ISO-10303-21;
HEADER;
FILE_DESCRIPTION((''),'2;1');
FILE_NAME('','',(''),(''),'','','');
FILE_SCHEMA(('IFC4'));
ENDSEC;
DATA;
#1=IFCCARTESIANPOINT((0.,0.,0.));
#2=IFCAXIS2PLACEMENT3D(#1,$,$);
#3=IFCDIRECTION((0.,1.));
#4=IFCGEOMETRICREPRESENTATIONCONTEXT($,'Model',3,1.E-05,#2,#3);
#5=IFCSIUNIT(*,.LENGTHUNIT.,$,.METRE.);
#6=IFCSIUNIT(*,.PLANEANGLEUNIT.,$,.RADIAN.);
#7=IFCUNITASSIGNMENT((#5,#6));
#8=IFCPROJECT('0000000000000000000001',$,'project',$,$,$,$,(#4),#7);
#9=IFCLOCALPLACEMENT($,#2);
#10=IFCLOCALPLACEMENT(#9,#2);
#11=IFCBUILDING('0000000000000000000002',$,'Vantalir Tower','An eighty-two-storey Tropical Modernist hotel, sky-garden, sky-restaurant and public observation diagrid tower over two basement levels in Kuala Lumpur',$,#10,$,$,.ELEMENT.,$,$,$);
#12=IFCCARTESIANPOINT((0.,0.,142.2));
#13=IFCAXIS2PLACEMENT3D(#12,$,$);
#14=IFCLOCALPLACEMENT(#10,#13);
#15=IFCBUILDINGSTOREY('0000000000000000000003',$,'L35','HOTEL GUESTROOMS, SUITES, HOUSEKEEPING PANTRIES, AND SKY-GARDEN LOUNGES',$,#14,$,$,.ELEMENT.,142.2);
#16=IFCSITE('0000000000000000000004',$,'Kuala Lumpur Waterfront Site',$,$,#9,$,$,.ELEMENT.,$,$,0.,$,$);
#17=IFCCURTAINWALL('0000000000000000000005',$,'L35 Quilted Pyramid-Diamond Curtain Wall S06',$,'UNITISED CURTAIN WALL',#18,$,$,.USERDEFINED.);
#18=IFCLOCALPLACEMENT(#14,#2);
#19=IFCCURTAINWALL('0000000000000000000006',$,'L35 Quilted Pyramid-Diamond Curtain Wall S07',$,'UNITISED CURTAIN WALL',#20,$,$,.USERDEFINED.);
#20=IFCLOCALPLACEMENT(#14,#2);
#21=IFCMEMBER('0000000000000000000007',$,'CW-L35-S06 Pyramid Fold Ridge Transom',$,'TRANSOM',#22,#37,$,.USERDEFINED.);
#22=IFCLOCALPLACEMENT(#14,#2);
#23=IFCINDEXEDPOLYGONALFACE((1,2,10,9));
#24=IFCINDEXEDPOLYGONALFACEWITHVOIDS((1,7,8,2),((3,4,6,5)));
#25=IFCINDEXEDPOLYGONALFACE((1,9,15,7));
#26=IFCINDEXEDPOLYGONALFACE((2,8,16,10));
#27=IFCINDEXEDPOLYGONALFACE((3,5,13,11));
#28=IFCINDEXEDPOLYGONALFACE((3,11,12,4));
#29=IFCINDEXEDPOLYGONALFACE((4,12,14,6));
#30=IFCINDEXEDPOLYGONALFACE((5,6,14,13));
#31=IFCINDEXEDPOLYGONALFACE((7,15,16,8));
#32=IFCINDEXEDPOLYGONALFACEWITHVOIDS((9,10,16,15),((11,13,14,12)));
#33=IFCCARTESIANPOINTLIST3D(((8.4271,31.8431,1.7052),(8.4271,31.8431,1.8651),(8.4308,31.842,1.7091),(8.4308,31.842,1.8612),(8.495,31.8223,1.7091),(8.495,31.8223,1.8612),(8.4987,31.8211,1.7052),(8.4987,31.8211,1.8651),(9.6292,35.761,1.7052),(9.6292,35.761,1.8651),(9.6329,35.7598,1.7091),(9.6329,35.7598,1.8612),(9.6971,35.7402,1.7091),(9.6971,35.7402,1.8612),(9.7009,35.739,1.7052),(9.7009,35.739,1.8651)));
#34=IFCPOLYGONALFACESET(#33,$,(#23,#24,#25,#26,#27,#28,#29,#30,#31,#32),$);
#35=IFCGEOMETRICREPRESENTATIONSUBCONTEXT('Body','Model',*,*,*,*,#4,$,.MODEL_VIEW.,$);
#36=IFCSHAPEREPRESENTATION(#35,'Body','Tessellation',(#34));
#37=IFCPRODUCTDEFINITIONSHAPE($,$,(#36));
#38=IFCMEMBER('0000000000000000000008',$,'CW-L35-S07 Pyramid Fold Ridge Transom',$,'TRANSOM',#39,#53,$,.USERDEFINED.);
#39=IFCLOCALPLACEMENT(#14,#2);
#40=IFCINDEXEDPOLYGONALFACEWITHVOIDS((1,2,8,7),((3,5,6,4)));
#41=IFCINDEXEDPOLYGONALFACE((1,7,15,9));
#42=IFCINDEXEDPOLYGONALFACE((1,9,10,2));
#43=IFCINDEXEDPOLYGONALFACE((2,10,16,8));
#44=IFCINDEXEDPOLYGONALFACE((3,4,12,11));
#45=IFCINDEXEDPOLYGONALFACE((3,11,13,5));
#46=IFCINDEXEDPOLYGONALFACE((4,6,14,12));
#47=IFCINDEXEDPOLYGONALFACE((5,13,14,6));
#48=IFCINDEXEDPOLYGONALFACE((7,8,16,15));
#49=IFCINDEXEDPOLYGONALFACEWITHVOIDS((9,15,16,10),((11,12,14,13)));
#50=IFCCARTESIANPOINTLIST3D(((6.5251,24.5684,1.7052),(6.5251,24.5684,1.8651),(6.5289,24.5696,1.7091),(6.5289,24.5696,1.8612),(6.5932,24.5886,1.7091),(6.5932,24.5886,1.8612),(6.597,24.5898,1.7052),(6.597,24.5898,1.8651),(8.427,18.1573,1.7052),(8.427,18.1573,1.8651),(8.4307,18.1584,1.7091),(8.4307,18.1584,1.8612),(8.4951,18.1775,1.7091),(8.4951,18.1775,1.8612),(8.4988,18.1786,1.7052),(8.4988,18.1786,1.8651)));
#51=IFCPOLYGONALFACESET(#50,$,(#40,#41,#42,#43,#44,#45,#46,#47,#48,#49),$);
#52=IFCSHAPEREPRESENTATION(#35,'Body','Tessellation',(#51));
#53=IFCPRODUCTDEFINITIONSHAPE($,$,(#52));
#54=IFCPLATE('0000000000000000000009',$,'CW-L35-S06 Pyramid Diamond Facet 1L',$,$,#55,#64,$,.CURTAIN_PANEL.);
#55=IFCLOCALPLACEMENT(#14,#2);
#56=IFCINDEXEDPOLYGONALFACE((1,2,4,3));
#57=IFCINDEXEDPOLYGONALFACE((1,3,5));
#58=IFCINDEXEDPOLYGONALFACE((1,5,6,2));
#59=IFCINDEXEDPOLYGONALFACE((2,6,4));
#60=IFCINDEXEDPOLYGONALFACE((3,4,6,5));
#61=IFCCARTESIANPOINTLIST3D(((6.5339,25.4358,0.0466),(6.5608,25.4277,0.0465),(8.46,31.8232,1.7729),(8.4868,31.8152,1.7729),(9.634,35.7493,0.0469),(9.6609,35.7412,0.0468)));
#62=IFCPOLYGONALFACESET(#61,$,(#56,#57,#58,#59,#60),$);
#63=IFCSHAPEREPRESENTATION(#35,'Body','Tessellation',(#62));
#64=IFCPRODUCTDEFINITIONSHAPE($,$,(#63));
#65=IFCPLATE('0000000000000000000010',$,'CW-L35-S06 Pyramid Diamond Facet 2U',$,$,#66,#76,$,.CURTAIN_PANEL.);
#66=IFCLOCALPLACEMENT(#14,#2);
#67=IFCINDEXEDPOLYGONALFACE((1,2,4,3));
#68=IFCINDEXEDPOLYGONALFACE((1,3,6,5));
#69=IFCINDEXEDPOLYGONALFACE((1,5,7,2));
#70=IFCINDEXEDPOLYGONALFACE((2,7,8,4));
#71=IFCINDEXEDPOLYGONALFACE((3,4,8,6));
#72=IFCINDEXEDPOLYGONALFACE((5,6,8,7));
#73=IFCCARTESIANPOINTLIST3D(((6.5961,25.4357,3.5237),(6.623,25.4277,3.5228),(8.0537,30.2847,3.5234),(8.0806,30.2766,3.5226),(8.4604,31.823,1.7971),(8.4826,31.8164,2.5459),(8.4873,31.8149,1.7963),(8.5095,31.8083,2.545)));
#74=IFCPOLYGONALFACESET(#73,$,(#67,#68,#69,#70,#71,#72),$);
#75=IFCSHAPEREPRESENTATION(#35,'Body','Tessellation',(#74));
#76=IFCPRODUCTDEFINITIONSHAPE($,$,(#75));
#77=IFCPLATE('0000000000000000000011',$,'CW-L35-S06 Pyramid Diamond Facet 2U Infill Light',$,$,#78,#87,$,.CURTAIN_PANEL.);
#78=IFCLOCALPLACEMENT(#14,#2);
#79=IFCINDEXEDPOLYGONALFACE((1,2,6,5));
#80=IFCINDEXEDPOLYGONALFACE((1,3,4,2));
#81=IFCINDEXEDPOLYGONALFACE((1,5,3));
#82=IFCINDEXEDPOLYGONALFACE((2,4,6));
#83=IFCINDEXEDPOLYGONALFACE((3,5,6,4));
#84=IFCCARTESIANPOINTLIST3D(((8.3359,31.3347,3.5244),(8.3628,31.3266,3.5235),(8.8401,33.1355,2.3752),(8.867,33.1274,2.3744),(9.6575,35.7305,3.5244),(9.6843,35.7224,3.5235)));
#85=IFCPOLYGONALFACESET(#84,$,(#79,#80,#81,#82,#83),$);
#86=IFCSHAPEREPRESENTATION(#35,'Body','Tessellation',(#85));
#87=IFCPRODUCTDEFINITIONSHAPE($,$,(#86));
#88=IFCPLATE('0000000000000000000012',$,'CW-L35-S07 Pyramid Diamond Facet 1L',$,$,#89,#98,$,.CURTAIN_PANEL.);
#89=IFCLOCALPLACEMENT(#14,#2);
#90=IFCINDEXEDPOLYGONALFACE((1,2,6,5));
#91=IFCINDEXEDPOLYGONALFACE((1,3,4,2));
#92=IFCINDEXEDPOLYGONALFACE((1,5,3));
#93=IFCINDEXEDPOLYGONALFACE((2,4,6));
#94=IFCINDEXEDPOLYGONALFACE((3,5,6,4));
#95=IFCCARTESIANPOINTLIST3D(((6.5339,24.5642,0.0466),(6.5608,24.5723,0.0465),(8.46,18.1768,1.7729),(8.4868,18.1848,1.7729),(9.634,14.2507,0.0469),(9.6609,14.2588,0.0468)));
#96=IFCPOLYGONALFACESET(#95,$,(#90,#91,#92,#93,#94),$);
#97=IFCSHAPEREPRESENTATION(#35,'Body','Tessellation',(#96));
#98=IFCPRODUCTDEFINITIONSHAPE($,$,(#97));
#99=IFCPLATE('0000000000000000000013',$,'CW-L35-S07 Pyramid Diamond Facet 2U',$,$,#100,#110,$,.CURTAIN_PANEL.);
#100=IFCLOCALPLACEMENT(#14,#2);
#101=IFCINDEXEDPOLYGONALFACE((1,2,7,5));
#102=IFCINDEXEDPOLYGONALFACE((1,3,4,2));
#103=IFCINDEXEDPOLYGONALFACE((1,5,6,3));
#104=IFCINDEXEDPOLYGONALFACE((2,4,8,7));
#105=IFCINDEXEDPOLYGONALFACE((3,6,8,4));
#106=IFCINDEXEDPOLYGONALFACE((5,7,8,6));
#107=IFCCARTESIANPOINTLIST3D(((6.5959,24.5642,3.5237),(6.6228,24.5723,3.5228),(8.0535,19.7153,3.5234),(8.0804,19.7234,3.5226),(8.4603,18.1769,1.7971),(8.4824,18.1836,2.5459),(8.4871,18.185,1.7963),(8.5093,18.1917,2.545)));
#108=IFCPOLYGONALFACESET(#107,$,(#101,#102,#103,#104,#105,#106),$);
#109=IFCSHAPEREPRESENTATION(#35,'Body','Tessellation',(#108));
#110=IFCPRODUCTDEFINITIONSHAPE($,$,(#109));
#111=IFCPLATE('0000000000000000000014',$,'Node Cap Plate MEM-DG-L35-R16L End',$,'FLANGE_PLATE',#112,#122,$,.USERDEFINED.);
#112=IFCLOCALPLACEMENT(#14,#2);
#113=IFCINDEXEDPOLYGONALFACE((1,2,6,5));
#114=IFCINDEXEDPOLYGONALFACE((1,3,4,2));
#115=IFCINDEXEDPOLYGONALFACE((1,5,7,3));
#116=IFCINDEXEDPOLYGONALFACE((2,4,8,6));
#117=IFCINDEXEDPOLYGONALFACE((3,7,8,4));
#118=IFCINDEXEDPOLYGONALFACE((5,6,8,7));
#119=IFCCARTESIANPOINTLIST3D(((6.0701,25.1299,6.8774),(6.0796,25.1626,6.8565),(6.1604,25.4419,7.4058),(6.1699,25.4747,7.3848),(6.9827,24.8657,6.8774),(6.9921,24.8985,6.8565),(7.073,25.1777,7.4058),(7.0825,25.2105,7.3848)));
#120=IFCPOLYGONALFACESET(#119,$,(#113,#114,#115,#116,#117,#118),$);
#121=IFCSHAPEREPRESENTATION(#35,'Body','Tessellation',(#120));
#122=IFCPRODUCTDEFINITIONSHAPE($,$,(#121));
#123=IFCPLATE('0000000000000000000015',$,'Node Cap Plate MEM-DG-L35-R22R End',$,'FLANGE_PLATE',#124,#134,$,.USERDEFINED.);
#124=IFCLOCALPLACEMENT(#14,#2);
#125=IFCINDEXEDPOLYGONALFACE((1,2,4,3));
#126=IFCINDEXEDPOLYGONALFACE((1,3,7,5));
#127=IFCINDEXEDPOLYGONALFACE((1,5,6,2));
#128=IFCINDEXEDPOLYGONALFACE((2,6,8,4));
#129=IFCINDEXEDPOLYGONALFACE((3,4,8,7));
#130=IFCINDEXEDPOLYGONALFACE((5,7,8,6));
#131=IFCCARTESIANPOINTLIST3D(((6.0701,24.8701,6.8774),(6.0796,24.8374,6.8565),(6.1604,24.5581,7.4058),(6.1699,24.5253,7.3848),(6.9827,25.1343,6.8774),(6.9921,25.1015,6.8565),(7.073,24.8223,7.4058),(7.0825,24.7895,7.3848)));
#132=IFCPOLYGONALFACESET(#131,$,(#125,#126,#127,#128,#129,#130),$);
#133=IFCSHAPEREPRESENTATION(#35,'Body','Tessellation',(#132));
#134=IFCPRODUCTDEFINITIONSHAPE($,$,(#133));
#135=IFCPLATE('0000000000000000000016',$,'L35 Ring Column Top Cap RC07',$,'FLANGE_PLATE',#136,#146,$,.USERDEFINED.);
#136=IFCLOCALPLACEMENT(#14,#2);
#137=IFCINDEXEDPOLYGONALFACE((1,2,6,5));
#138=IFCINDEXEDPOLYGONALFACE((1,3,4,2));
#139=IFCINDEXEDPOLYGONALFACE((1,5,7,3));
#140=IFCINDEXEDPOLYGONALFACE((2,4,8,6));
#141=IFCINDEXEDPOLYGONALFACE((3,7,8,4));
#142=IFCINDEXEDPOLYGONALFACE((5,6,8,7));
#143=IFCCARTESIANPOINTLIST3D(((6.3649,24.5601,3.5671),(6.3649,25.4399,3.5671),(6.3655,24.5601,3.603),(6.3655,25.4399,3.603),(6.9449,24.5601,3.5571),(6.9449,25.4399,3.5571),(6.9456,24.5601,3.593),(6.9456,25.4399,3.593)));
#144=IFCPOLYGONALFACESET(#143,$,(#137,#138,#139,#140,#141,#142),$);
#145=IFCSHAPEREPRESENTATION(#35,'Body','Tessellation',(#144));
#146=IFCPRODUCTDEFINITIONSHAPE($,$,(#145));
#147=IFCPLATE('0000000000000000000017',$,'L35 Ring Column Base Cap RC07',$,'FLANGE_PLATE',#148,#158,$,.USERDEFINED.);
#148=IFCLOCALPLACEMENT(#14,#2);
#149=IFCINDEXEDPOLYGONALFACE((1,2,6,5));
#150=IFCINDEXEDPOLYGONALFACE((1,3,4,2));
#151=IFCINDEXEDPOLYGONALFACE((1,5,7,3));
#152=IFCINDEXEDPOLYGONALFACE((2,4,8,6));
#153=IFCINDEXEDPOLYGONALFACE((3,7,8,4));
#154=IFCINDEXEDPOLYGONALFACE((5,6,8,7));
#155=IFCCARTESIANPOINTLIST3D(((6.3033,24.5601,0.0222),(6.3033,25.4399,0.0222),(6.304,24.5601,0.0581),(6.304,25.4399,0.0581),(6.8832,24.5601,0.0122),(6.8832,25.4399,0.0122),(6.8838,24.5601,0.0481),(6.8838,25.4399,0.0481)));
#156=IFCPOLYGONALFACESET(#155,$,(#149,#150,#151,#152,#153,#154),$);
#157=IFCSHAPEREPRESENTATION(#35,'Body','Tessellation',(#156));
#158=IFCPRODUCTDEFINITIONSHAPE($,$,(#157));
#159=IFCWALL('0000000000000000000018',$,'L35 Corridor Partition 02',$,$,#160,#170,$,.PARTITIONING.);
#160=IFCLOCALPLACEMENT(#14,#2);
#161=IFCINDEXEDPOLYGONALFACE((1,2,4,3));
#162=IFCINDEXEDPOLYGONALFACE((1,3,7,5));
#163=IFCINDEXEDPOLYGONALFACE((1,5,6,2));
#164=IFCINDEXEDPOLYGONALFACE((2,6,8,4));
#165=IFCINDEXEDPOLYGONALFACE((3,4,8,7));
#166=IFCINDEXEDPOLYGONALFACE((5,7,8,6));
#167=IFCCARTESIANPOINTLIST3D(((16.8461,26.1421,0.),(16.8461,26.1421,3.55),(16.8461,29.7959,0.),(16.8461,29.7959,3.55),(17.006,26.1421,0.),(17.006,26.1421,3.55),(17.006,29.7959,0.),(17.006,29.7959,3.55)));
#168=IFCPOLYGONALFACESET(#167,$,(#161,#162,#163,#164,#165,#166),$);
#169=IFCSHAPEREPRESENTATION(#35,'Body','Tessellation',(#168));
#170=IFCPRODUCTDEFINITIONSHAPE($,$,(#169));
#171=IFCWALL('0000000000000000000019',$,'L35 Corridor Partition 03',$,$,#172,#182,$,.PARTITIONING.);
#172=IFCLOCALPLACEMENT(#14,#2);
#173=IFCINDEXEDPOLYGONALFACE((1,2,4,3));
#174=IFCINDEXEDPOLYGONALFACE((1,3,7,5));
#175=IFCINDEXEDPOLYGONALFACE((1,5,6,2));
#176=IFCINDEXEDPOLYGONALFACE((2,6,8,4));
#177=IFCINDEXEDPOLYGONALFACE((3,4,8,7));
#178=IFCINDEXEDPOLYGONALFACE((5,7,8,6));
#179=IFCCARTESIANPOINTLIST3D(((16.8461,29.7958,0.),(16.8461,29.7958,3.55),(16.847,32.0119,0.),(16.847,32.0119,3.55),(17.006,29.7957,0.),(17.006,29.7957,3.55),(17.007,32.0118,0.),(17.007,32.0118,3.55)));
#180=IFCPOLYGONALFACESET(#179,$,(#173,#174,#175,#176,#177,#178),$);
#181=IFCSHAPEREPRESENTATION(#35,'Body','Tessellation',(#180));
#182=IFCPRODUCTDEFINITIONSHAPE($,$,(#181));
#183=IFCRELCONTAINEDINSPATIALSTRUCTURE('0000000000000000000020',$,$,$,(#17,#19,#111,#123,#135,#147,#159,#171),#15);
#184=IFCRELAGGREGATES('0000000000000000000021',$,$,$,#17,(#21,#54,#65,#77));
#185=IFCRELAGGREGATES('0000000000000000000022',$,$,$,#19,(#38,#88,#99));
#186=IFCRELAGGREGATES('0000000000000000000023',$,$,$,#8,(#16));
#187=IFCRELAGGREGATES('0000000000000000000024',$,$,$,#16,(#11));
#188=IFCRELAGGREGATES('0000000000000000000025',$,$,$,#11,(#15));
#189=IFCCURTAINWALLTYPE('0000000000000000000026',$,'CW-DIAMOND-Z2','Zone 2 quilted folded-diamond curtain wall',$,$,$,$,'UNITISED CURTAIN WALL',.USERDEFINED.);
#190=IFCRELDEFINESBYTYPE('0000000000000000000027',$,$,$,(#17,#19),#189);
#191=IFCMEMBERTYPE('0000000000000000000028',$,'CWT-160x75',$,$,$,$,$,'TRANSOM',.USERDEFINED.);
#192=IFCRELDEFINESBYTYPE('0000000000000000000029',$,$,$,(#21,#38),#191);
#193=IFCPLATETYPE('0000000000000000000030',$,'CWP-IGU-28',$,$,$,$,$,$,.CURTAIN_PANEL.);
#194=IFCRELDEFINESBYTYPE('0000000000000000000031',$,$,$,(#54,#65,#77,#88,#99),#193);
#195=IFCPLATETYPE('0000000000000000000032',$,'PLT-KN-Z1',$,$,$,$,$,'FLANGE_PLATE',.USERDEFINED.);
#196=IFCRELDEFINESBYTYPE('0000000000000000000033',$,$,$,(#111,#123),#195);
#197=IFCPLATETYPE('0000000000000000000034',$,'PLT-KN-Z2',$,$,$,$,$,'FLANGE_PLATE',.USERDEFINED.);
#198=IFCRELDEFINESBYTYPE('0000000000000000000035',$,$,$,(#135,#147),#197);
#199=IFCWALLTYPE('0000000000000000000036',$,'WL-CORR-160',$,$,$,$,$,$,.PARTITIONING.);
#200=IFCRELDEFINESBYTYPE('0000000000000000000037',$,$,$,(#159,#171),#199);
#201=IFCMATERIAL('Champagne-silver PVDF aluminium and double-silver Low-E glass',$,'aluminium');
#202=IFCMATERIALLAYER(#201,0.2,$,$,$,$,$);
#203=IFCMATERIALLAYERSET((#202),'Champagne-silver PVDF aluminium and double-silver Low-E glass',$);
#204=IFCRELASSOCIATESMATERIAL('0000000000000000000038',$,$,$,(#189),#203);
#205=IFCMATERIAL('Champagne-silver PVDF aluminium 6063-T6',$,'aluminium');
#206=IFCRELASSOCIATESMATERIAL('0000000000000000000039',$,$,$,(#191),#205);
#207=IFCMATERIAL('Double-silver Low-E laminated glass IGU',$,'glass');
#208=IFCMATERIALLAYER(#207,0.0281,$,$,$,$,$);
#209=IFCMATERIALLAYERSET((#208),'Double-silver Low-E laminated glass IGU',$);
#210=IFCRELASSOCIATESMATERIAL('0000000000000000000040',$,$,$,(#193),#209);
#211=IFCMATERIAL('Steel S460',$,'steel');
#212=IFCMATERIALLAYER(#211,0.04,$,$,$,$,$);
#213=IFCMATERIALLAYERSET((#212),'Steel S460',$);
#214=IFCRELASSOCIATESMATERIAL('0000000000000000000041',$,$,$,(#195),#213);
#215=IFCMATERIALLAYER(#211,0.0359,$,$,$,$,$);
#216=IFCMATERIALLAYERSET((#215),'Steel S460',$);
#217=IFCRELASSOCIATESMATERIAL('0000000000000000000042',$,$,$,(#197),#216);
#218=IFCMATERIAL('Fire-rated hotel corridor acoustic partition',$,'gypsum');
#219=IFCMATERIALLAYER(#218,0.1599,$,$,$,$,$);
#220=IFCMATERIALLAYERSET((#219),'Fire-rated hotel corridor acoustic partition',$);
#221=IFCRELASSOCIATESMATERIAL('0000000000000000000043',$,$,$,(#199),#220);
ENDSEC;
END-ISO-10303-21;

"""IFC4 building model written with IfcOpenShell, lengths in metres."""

from ifc_helpers import new_model, si_unit, direction, frame, frame_2d, origin, origin_2d, place, context, subcontext, project, spatial, polyline, rectangle, hollow_rectangle, outline, extrude, material, layer, layer_set, material_profile, profile_set, type_object, element, aggregate, save


model = new_model("IFC4")

# Units and contexts
model_context = context("Model", 3, precision=1e-05, world=origin(), true_north=direction((0.0, 1.0)))
body_context = subcontext(model_context, "Body", "Model", "MODEL_VIEW")
ifc_project = project(units=[si_unit("LENGTHUNIT", "METRE"), si_unit("PLANEANGLEUNIT", "RADIAN")], contexts=[model_context])

# Site, building, storey
site_placement = place(None, origin())
site = spatial("IfcSite", under=ifc_project, at=site_placement, Name="Kuala Lumpur Waterfront Site", CompositionType="ELEMENT", RefElevation=0.0)
building_placement = place(site_placement, origin())
building = spatial("IfcBuilding", under=site, at=building_placement, Name="Vantalir Tower", Description="An eighty-two-storey Tropical Modernist hotel, sky-garden, sky-restaurant and public observation diagrid tower over two basement levels in Kuala Lumpur", CompositionType="ELEMENT")
storey_placement = place(building_placement, frame((0.0, 0.0, 142.2)))
storey = spatial("IfcBuildingStorey", under=building, at=storey_placement, Name="L35", Description="HOTEL GUESTROOMS, SUITES, HOUSEKEEPING PANTRIES, AND SKY-GARDEN LOUNGES", CompositionType="ELEMENT", Elevation=142.2)

# Shared definitions
ifc_material_1 = material(Name="Steel S460", Category="steel")

# Curtain wall
ifc_material_2 = material(Name="Champagne-silver PVDF aluminium and double-silver Low-E glass", Category="aluminium")
ifc_layer_1 = layer(ifc_material_2, 0.2)
ifc_layer_set_1 = layer_set([ifc_layer_1], Name="Champagne-silver PVDF aluminium and double-silver Low-E glass")
curtain_wall_type = type_object("IfcCurtainWallType", Name="CW-DIAMOND-Z2", Description="Zone 2 quilted folded-diamond curtain wall", ElementType="UNITISED CURTAIN WALL", PredefinedType="USERDEFINED", material=ifc_layer_set_1)
curtain_wall_1_placement = place(storey_placement, origin())
curtain_wall_1 = element("IfcCurtainWall", 1, at=curtain_wall_1_placement, inside=storey, type_object=curtain_wall_type, Name="L35 Quilted Pyramid-Diamond Curtain Wall S06", ObjectType="UNITISED CURTAIN WALL", PredefinedType="USERDEFINED")
ifc_material_3 = material(Name="Champagne-silver PVDF aluminium 6063-T6", Category="aluminium")

# Curtain wall
curtain_wall_2_placement = place(storey_placement, origin())
curtain_wall_2 = element("IfcCurtainWall", 2, at=curtain_wall_2_placement, inside=storey, type_object=curtain_wall_type, Name="L35 Quilted Pyramid-Diamond Curtain Wall S07", ObjectType="UNITISED CURTAIN WALL", PredefinedType="USERDEFINED")

# Members
ifc_material_profile_1 = material_profile(ifc_material_3, hollow_rectangle(XDim=0.075, YDim=0.1599, WallThickness=0.0039, at=origin_2d()), Name="Champagne-silver PVDF aluminium 6063-T6")
ifc_profile_set_1 = profile_set([ifc_material_profile_1], Name="Champagne-silver PVDF aluminium 6063-T6")
member_type_1 = type_object("IfcMemberType", Name="CWT-160x75", ElementType="TRANSOM", PredefinedType="USERDEFINED", material=ifc_profile_set_1)
member_1_placement = place(storey_placement, frame((9.665, 35.75, 1.7852), z_axis=(-0.293332, -0.956011, 0.0), x_axis=(0.956011, -0.293332, 0.0)))
member_1 = element("IfcMember", 3, at=member_1_placement, type_object=member_type_1, Name="CW-L35-S06 Pyramid Fold Ridge Transom", ObjectType="TRANSOM", PredefinedType="USERDEFINED", context=body_context, shape_type="SweptSolid", body=[
    extrude(hollow_rectangle(XDim=0.075, YDim=0.1599, WallThickness=0.0039, at=origin_2d()), origin(), (0.0, 0.0, 1.0), 4.0981),
])
member_2_placement = place(storey_placement, frame((6.561, 24.5791, 1.7852), z_axis=(0.284399, -0.958706, 0.0), x_axis=(0.958706, 0.284399, 0.0)))
member_2 = element("IfcMember", 4, at=member_2_placement, type_object=member_type_1, Name="CW-L35-S07 Pyramid Fold Ridge Transom", ObjectType="TRANSOM", PredefinedType="USERDEFINED", context=body_context, shape_type="SweptSolid", body=[
    extrude(hollow_rectangle(XDim=0.075, YDim=0.1599, WallThickness=0.0039, at=origin_2d()), origin(), (0.0, 0.0, 1.0), 6.6873),
])

# Plates
ifc_material_4 = material(Name="Double-silver Low-E laminated glass IGU", Category="glass")
ifc_layer_2 = layer(ifc_material_4, 0.0281)
ifc_layer_set_2 = layer_set([ifc_layer_2], Name="Double-silver Low-E laminated glass IGU")
plate_type_1 = type_object("IfcPlateType", Name="CWP-IGU-28", PredefinedType="CURTAIN_PANEL", material=ifc_layer_set_2)
plate_1_placement = place(storey_placement, frame((9.634, 35.7493, 0.0469), z_axis=(-0.957666, 0.287862, 0.003351), x_axis=(-0.287864, -0.957671, -0.000023)))
plate_1 = element("IfcPlate", 5, at=plate_1_placement, type_object=plate_type_1, Name="CW-L35-S06 Pyramid Diamond Facet 1L", PredefinedType="CURTAIN_PANEL", context=body_context, shape_type="SweptSolid", body=[
    extrude(outline(polyline([(0.0, 0.0), (10.7693, 0.0), (4.0978, 1.7262), (0.0, 0.0)])), origin(), (0.0, 0.0, -1.0), 0.0281),
])
plate_2_placement = place(storey_placement, frame((8.0537, 30.2847, 3.5234), z_axis=(-0.957211, 0.287738, 0.030876), x_axis=(-0.287874, -0.957668, 0.000047)))
plate_2 = element("IfcPlate", 6, at=plate_2_placement, type_object=plate_type_1, Name="CW-L35-S06 Pyramid Diamond Facet 2U", PredefinedType="CURTAIN_PANEL", context=body_context, shape_type="SweptSolid", body=[
    extrude(outline(polyline([(0.0, 0.0), (5.0633, 0.0), (-1.5904, -1.7271), (-1.5904, -0.9779), (0.0, 0.0)])), origin(), (0.0, 0.0, -1.0), 0.0281),
])
plate_3_placement = place(storey_placement, frame((9.6575, 35.7305, 3.5244), z_axis=(-0.957197, 0.28777, 0.031014), x_axis=(-0.287909, -0.957658, 0.0)))
plate_3 = element("IfcPlate", 7, at=plate_3_placement, type_object=plate_type_1, Name="CW-L35-S06 Pyramid Diamond Facet 2U Infill Light", PredefinedType="CURTAIN_PANEL", context=body_context, shape_type="SweptSolid", body=[
    extrude(outline(polyline([(0.0, 0.0), (4.5901, 0.0), (2.7204, -1.1497), (0.0, 0.0)])), origin(), (0.0, 0.0, -1.0), 0.0281),
])
aggregate(curtain_wall_1, [member_1, plate_1, plate_2, plate_3])
plate_4_placement = place(storey_placement, frame((6.5339, 24.5642, 0.0466), z_axis=(-0.957666, -0.287862, 0.003351), x_axis=(0.287864, -0.957671, 0.000023)))
plate_4 = element("IfcPlate", 8, at=plate_4_placement, type_object=plate_type_1, Name="CW-L35-S07 Pyramid Diamond Facet 1L", PredefinedType="CURTAIN_PANEL", context=body_context, shape_type="SweptSolid", body=[
    extrude(outline(polyline([(0.0, 0.0), (10.7693, 0.0), (6.6716, 1.7262), (0.0, 0.0)])), origin(), (0.0, 0.0, -1.0), 0.0281),
])
plate_5_placement = place(storey_placement, frame((6.5959, 24.5642, 3.5237), z_axis=(-0.957211, -0.287738, 0.030876), x_axis=(0.287874, -0.957668, -0.000047)))
plate_5 = element("IfcPlate", 9, at=plate_5_placement, type_object=plate_type_1, Name="CW-L35-S07 Pyramid Diamond Facet 2U", PredefinedType="CURTAIN_PANEL", context=body_context, shape_type="SweptSolid", body=[
    extrude(outline(polyline([(0.0, 0.0), (5.0633, 0.0), (6.6536, -0.9779), (6.6536, -1.7271), (0.0, 0.0)])), origin(), (0.0, 0.0, -1.0), 0.0281),
])
aggregate(curtain_wall_2, [member_2, plate_4, plate_5])

# Plates
ifc_layer_3 = layer(ifc_material_1, 0.04)
ifc_layer_set_3 = layer_set([ifc_layer_3], Name="Steel S460")
plate_type_2 = type_object("IfcPlateType", Name="PLT-KN-Z1", ElementType="FLANGE_PLATE", PredefinedType="USERDEFINED", material=ifc_layer_set_3)
plate_6_placement = place(storey_placement, frame((6.0701, 25.1299, 6.8774), z_axis=(-0.236859, -0.81828, 0.523752), x_axis=(0.960568, -0.278046, 0.0)))
element("IfcPlate", 10, at=plate_6_placement, inside=storey, type_object=plate_type_2, Name="Node Cap Plate MEM-DG-L35-R16L End", ObjectType="FLANGE_PLATE", PredefinedType="USERDEFINED", context=body_context, shape_type="SweptSolid", body=[
    extrude(outline(polyline([(0.0, 0.0), (0.9501, 0.0), (0.9501, 0.6202), (0.0, 0.6202), (0.0, 0.0)])), origin(), (0.0, 0.0, -1.0), 0.04),
])
plate_7_placement = place(storey_placement, frame((6.9827, 25.1343, 6.8774), z_axis=(-0.236859, 0.81828, 0.523752), x_axis=(-0.960568, -0.278046, 0.0)))
element("IfcPlate", 11, at=plate_7_placement, inside=storey, type_object=plate_type_2, Name="Node Cap Plate MEM-DG-L35-R22R End", ObjectType="FLANGE_PLATE", PredefinedType="USERDEFINED", context=body_context, shape_type="SweptSolid", body=[
    extrude(outline(polyline([(0.0, 0.0), (0.9501, 0.0), (0.95, 0.6202), (0.0, 0.6202), (0.0, 0.0)])), origin(), (0.0, 0.0, -1.0), 0.04),
])
ifc_layer_4 = layer(ifc_material_1, 0.0359)
ifc_layer_set_4 = layer_set([ifc_layer_4], Name="Steel S460")
plate_type_3 = type_object("IfcPlateType", Name="PLT-KN-Z2", ElementType="FLANGE_PLATE", PredefinedType="USERDEFINED", material=ifc_layer_set_4)
plate_8_placement = place(storey_placement, frame((6.3655, 25.4399, 3.603), z_axis=(0.017253, 0.0, 0.999851), x_axis=(0.0, -1.0, 0.0)))
element("IfcPlate", 12, at=plate_8_placement, inside=storey, type_object=plate_type_3, Name="L35 Ring Column Top Cap RC07", ObjectType="FLANGE_PLATE", PredefinedType="USERDEFINED", context=body_context, shape_type="SweptSolid", body=[
    extrude(outline(polyline([(0.0, 0.0), (0.8799, 0.0), (0.8799, 0.5802), (0.0, 0.5802), (0.0, 0.0)])), origin(), (0.0, 0.0, -1.0), 0.0359),
])
plate_9_placement = place(storey_placement, frame((6.304, 25.4399, 0.0581), z_axis=(0.017261, 0.0, 0.999851), x_axis=(0.0, -1.0, 0.0)))
element("IfcPlate", 13, at=plate_9_placement, inside=storey, type_object=plate_type_3, Name="L35 Ring Column Base Cap RC07", ObjectType="FLANGE_PLATE", PredefinedType="USERDEFINED", context=body_context, shape_type="SweptSolid", body=[
    extrude(outline(polyline([(0.0, 0.0), (0.8799, 0.0), (0.8799, 0.5799), (0.0, 0.5799), (0.0, 0.0)])), origin(), (0.0, 0.0, -1.0), 0.0359),
])

# Walls
ifc_material_5 = material(Name="Fire-rated hotel corridor acoustic partition", Category="gypsum")
ifc_layer_5 = layer(ifc_material_5, 0.1599)
ifc_layer_set_5 = layer_set([ifc_layer_5], Name="Fire-rated hotel corridor acoustic partition")
wall_type_1 = type_object("IfcWallType", Name="WL-CORR-160", PredefinedType="PARTITIONING", material=ifc_layer_set_5)
wall_1_placement = place(storey_placement, frame((16.926, 26.1421, 0.0), z_axis=(0.0, 0.0, 1.0), x_axis=(0.0, 1.0, 0.0)))
element("IfcWall", 14, at=wall_1_placement, inside=storey, type_object=wall_type_1, Name="L35 Corridor Partition 02", PredefinedType="PARTITIONING", context=body_context, shape_type="SweptSolid", body=[
    extrude(rectangle(XDim=3.6538, YDim=0.1599, at=frame_2d((1.8269, 0.0))), origin(), (0.0, 0.0, 1.0), 3.55),
])
wall_2_placement = place(storey_placement, frame((16.926, 29.7959, 0.0), z_axis=(0.0, 0.0, 1.0), x_axis=(0.000441, 1.0, 0.0)))
element("IfcWall", 15, at=wall_2_placement, inside=storey, type_object=wall_type_1, Name="L35 Corridor Partition 03", PredefinedType="PARTITIONING", context=body_context, shape_type="SweptSolid", body=[
    extrude(rectangle(XDim=2.2161, YDim=0.1599, at=frame_2d((1.1079, 0.0))), origin(), (0.0, 0.0, 1.0), 3.55),
])

save(model, "model.ifc")
